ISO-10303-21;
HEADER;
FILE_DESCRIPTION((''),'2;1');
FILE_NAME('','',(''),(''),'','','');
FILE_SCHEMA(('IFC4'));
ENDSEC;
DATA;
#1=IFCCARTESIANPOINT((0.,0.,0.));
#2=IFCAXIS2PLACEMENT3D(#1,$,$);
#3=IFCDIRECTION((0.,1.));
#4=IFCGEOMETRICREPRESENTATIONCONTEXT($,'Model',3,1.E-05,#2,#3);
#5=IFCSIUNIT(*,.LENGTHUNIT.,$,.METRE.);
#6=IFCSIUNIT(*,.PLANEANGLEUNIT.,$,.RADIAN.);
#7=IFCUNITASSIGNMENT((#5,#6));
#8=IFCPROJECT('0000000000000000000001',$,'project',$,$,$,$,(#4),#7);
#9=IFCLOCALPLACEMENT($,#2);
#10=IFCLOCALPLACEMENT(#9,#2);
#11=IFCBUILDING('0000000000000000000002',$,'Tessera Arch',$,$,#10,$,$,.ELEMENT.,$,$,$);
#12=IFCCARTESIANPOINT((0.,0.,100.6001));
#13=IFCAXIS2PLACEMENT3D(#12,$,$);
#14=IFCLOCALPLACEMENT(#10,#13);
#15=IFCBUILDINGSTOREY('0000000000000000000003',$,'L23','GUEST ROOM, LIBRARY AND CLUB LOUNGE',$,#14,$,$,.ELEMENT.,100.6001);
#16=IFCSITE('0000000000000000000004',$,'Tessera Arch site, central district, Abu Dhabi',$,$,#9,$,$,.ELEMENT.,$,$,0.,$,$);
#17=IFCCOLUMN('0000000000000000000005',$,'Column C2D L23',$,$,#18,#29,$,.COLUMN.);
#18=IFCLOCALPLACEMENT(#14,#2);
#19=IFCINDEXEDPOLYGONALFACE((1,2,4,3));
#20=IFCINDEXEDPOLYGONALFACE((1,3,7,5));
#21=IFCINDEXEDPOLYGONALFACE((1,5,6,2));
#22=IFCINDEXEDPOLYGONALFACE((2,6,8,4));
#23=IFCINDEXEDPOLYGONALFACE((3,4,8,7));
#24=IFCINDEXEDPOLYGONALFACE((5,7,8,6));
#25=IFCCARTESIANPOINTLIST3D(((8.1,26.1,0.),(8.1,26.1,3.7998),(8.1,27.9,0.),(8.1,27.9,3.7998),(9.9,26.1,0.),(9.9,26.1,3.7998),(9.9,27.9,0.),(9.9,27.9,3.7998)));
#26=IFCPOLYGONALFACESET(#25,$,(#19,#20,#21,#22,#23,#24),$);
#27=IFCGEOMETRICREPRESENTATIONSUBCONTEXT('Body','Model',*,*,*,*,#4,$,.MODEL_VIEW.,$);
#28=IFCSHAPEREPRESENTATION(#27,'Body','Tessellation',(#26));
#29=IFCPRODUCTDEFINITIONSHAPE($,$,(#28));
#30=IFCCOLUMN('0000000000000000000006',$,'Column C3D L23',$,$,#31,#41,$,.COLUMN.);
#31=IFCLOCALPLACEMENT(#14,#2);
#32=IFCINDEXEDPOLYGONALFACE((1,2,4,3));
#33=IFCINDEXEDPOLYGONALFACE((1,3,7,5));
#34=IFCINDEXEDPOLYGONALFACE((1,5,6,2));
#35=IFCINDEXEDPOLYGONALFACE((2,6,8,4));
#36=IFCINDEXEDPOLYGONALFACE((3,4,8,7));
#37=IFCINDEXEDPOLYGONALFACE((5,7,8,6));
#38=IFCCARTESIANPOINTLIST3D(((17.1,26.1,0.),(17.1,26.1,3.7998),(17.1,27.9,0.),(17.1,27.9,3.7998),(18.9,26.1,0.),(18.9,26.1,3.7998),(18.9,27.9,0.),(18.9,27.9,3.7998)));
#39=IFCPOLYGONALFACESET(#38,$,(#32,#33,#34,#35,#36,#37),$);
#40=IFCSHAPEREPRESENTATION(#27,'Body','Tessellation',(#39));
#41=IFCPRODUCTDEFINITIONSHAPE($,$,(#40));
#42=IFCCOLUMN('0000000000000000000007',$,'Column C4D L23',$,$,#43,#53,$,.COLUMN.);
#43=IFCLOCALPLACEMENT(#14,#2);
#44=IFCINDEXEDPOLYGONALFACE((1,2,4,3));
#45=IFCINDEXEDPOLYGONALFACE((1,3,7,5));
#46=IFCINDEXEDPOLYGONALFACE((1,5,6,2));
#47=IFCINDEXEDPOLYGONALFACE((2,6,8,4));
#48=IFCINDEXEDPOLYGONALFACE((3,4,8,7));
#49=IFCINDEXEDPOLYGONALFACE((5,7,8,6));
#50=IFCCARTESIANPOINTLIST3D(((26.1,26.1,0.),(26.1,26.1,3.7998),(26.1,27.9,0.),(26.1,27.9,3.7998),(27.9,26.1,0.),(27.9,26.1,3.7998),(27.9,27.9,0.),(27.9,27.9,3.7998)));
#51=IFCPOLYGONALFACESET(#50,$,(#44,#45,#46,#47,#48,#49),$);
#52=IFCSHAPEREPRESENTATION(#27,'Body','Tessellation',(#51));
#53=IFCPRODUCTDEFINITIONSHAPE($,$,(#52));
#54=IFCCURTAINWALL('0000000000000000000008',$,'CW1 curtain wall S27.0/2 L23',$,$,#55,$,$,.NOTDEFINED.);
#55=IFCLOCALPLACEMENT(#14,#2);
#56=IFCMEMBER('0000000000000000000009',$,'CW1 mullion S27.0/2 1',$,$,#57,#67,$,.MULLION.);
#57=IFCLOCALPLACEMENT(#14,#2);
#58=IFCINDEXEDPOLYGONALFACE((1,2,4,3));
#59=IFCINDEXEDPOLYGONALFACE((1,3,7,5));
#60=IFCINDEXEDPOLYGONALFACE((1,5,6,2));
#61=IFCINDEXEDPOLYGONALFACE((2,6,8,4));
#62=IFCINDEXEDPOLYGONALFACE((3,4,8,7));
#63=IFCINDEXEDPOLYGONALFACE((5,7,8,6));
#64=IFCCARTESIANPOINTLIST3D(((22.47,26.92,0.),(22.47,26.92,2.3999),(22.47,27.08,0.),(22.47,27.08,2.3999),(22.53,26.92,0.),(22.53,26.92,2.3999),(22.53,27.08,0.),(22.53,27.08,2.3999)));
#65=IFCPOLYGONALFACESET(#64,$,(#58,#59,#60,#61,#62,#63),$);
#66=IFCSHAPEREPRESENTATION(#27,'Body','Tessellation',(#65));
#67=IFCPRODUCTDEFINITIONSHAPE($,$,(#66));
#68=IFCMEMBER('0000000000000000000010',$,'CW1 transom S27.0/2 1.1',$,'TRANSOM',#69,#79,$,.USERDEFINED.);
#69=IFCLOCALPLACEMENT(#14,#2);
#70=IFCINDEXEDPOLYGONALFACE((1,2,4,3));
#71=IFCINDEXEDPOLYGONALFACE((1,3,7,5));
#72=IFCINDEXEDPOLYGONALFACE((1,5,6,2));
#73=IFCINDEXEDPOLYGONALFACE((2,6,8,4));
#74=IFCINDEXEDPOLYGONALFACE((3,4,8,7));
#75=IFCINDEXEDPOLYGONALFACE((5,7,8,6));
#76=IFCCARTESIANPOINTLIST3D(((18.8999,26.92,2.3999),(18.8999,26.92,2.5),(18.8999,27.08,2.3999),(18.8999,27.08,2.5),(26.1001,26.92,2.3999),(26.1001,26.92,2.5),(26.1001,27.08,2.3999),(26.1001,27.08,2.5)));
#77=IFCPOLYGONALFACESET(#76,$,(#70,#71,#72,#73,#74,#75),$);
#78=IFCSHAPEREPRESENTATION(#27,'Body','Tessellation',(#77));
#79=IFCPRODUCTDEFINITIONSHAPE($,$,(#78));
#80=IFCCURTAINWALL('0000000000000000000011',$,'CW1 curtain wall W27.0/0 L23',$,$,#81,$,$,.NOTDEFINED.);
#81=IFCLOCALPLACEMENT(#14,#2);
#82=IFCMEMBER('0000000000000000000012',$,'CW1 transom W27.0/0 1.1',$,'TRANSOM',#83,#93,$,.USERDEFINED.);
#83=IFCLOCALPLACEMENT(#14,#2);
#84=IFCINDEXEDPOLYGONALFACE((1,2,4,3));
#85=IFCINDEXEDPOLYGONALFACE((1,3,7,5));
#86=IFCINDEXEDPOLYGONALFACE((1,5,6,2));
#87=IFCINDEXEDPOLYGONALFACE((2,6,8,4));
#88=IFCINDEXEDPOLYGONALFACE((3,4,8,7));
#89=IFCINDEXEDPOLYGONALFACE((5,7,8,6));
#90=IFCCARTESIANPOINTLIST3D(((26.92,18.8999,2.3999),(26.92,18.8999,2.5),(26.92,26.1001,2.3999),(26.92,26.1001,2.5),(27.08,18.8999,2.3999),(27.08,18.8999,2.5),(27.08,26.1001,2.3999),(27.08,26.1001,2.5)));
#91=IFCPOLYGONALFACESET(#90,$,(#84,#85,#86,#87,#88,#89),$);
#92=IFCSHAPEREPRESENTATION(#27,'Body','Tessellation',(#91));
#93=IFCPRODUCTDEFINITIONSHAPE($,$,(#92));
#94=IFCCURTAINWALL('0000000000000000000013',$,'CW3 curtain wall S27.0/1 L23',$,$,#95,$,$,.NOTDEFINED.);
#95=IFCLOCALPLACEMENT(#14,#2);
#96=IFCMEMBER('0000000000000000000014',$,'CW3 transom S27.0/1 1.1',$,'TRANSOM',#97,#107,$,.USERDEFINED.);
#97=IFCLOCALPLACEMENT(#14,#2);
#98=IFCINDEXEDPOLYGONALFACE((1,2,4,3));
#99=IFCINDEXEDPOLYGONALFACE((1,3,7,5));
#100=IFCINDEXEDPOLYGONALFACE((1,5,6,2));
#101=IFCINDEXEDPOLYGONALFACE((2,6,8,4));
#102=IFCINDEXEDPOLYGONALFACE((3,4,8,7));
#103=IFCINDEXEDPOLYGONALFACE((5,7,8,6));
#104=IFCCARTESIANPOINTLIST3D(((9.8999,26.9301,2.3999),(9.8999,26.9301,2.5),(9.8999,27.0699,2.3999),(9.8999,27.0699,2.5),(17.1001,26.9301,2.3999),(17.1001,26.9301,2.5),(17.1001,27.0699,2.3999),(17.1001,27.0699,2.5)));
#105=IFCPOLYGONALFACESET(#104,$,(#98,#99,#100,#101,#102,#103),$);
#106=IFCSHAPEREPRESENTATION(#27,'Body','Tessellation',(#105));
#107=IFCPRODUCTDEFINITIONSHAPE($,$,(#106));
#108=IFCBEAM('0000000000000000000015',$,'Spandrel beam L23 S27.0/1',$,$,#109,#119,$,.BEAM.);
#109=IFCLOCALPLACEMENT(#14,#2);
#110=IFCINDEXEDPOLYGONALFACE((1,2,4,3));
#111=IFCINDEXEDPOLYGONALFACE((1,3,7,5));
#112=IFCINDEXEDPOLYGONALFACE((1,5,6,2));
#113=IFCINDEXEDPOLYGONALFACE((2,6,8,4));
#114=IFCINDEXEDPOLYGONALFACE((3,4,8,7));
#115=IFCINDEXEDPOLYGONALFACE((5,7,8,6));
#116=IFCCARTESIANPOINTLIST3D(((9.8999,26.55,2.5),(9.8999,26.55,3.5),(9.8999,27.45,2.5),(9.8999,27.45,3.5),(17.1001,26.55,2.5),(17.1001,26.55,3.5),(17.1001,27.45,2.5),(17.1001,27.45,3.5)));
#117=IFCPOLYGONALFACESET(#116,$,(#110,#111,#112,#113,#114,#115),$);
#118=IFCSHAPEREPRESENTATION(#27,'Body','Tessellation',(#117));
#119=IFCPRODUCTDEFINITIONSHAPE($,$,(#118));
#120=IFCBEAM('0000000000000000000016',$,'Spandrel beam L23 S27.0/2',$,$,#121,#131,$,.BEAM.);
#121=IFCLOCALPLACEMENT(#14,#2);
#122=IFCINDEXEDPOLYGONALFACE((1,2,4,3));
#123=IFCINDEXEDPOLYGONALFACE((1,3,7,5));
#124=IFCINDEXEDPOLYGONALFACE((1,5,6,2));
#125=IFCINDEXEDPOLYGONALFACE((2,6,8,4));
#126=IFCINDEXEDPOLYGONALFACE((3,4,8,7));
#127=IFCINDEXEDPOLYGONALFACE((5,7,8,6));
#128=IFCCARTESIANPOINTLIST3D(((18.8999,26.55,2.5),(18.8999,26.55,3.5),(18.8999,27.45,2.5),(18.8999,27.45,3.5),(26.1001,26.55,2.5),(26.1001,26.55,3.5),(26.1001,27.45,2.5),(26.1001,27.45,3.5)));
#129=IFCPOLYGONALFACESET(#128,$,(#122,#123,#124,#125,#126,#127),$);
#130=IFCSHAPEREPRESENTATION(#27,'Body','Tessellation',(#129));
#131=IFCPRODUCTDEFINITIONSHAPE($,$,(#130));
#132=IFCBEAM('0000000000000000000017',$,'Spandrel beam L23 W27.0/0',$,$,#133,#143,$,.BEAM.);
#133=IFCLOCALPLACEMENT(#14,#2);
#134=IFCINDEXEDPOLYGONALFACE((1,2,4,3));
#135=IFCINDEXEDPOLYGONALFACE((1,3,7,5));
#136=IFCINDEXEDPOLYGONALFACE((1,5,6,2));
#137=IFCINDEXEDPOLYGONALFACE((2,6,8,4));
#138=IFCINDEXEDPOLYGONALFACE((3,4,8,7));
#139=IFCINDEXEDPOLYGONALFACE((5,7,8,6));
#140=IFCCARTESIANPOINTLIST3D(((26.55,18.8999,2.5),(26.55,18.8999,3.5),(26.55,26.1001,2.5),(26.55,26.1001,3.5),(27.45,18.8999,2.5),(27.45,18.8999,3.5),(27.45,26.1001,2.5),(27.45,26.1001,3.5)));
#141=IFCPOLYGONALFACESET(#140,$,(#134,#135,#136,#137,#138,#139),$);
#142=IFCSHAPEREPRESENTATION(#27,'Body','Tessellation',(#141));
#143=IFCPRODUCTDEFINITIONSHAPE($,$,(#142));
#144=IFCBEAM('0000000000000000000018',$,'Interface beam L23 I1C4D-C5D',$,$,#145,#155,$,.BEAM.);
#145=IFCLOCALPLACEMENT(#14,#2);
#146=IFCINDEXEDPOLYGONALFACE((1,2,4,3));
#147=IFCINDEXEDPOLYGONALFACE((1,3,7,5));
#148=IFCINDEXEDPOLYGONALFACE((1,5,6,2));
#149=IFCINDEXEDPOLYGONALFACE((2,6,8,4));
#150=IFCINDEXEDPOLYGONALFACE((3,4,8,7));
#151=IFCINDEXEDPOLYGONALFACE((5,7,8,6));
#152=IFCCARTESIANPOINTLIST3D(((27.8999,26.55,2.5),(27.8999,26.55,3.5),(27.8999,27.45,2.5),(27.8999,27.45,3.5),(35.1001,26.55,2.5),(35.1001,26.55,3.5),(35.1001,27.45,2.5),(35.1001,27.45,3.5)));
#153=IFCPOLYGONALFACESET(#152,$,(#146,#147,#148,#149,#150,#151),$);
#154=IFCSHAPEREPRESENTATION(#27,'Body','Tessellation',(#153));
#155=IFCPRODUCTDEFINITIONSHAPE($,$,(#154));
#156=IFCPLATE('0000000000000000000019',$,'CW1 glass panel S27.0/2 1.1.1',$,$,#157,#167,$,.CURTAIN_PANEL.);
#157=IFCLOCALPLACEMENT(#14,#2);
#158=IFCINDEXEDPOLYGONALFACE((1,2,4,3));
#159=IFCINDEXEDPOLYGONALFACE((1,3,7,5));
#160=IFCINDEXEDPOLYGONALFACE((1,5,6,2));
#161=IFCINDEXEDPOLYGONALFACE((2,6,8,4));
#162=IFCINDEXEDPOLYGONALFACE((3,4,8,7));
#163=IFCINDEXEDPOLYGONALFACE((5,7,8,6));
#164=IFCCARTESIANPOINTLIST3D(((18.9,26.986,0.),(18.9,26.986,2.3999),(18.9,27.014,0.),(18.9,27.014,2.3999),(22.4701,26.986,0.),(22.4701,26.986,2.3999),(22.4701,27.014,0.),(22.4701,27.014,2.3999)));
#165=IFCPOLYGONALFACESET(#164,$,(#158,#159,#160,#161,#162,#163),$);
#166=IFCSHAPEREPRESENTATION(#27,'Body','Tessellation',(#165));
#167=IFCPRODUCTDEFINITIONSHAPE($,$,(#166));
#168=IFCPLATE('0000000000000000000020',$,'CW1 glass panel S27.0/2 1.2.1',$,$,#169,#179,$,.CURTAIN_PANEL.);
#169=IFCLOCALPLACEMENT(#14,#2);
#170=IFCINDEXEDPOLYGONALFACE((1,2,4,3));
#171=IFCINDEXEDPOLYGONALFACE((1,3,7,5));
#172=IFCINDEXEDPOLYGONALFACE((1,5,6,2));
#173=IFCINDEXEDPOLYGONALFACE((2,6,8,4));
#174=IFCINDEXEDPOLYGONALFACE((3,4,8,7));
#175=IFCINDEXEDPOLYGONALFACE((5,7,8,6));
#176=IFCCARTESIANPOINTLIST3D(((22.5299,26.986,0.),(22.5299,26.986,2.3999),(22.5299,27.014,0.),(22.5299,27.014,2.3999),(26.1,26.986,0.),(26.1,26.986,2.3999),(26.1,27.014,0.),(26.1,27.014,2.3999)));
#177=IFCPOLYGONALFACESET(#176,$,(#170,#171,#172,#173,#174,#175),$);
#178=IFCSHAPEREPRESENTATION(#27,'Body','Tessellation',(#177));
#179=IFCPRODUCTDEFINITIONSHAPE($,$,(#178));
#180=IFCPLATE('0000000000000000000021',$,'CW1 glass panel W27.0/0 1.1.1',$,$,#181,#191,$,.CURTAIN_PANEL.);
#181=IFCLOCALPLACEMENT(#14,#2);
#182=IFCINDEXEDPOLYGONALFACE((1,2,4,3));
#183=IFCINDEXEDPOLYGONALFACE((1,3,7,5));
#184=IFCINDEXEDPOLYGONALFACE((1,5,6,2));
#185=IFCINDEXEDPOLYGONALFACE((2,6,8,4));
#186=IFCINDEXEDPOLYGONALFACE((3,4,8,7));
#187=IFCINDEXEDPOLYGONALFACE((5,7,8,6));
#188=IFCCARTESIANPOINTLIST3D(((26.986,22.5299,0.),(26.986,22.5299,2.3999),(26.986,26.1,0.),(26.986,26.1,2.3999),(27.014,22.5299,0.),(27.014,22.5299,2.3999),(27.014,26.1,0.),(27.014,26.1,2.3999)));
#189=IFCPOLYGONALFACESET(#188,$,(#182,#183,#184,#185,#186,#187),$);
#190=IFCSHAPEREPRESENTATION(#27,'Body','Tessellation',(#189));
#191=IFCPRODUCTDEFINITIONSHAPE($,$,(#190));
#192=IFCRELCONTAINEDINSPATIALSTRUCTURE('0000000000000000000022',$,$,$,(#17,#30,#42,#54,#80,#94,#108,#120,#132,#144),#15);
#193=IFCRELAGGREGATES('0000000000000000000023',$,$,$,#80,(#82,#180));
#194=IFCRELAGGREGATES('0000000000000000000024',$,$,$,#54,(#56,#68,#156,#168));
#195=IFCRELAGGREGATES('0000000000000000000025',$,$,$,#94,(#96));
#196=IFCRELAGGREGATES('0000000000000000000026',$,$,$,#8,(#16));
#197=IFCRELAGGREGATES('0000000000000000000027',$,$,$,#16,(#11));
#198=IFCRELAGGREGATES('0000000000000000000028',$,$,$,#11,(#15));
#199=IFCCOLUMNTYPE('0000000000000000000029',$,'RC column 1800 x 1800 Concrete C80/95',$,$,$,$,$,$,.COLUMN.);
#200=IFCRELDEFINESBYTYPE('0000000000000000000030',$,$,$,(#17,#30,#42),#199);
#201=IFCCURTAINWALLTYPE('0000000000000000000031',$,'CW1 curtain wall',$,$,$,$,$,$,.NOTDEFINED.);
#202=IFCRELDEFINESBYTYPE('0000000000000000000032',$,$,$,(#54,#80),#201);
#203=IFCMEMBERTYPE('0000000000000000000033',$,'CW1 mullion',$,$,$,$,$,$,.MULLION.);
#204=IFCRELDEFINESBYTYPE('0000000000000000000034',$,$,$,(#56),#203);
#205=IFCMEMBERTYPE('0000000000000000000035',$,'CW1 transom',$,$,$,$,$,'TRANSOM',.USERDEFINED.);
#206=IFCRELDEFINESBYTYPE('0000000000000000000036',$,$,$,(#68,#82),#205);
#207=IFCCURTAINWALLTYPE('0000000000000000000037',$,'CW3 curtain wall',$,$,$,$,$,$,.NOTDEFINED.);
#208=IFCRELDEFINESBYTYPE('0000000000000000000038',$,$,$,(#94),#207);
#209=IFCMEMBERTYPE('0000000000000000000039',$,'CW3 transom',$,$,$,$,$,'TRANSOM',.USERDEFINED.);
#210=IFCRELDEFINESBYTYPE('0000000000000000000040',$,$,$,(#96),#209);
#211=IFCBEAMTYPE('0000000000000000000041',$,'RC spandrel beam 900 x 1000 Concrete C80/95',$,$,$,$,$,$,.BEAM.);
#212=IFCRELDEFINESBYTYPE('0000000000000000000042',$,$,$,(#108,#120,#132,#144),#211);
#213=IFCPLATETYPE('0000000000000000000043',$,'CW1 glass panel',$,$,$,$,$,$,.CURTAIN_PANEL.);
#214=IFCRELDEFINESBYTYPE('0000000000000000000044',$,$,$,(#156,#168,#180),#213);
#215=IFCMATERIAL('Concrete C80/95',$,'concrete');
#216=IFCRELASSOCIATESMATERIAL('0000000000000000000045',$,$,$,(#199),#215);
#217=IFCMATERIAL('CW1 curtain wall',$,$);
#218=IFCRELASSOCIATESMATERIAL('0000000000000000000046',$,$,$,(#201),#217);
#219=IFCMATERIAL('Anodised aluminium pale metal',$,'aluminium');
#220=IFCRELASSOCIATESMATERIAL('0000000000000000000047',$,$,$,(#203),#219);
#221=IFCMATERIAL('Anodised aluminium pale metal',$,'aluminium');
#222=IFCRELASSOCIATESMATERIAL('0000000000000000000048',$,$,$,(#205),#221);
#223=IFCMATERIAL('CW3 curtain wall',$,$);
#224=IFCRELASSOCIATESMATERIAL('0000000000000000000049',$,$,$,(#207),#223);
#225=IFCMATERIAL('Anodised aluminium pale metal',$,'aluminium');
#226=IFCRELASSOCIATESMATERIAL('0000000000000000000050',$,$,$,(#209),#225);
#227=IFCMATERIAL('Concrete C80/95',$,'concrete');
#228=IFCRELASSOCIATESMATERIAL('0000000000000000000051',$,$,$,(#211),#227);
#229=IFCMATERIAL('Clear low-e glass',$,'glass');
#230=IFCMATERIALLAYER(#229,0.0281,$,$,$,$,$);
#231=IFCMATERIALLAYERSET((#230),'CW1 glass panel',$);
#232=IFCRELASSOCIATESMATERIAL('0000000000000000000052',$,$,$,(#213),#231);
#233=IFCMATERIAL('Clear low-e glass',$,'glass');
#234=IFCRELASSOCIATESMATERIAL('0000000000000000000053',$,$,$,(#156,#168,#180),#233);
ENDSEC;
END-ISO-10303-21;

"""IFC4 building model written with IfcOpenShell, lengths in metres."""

from ifc_helpers import new_model, si_unit, direction, frame, origin, origin_2d, place, context, subcontext, project, spatial, rectangle, extrude, material, layer, layer_set, material_profile, profile_set, type_object, element, aggregate, save


model = new_model("IFC4")

# Units and contexts
model_context = context("Model", 3, precision=1e-05, world=origin(), true_north=direction((0.0, 1.0)))
body_context = subcontext(model_context, "Body", "Model", "MODEL_VIEW")
ifc_project = project(units=[si_unit("LENGTHUNIT", "METRE"), si_unit("PLANEANGLEUNIT", "RADIAN")], contexts=[model_context])

# Site, building, storey
site_placement = place(None, origin())
site = spatial("IfcSite", under=ifc_project, at=site_placement, Name="Tessera Arch site, central district, Abu Dhabi", CompositionType="ELEMENT", RefElevation=0.0)
building_placement = place(site_placement, origin())
building = spatial("IfcBuilding", under=site, at=building_placement, Name="Tessera Arch", CompositionType="ELEMENT")
storey_placement = place(building_placement, frame((0.0, 0.0, 100.6001)))
storey = spatial("IfcBuildingStorey", under=building, at=storey_placement, Name="L23", Description="GUEST ROOM, LIBRARY AND CLUB LOUNGE", CompositionType="ELEMENT", Elevation=100.6001)

# Columns
ifc_material_1 = material(Name="Concrete C80/95", Category="concrete")
ifc_material_profile_1 = material_profile(ifc_material_1, rectangle(XDim=1.8, YDim=1.8, at=origin_2d()), Name="RC column 1800 x 1800 Concrete C80/95")
ifc_profile_set_1 = profile_set([ifc_material_profile_1], Name="Concrete C80/95")
column_type = type_object("IfcColumnType", Name="RC column 1800 x 1800 Concrete C80/95", PredefinedType="COLUMN", material=ifc_profile_set_1)
for number, where, z_axis, x_axis, name in (
    (1, (9.0, 27.0, 0.0), (0.0, 0.0, 1.0), (1.0, 0.0, 0.0), "Column C2D L23"),
    (2, (18.0, 27.0, 0.0), (0.0, 0.0, 1.0), (1.0, 0.0, 0.0), "Column C3D L23"),
    (3, (27.0, 27.0, 0.0), (0.0, 0.0, 1.0), (1.0, 0.0, 0.0), "Column C4D L23"),
):
    element("IfcColumn", number, at=place(storey_placement, frame(where, z_axis=z_axis, x_axis=x_axis)), inside=storey, type_object=column_type, Name=name, PredefinedType="COLUMN", context=body_context, shape_type="SweptSolid", body=[
        extrude(rectangle(XDim=1.8, YDim=1.8, at=origin_2d()), origin(), (0.0, 0.0, 1.0), 3.7998),
    ])

# Curtain wall, members
ifc_material_2 = material(Name="CW1 curtain wall")
curtain_wall_type_1 = type_object("IfcCurtainWallType", Name="CW1 curtain wall", PredefinedType="NOTDEFINED", material=ifc_material_2)
curtain_wall_1_placement = place(storey_placement, origin())
curtain_wall_1 = element("IfcCurtainWall", 4, at=curtain_wall_1_placement, inside=storey, type_object=curtain_wall_type_1, Name="CW1 curtain wall S27.0/2 L23", PredefinedType="NOTDEFINED")
ifc_material_3 = material(Name="Anodised aluminium pale metal", Category="aluminium")
ifc_material_profile_2 = material_profile(ifc_material_3, rectangle(XDim=0.1599, YDim=0.0601, at=origin_2d()), Name="AL 60x160")
ifc_profile_set_2 = profile_set([ifc_material_profile_2], Name="Anodised aluminium pale metal")
member_type_1 = type_object("IfcMemberType", Name="CW1 mullion", PredefinedType="MULLION", material=ifc_profile_set_2)
member_1_placement = place(storey_placement, frame((22.5, 27.0, 0.0), z_axis=(0.0, 0.0, 1.0), x_axis=(0.0, 1.0, 0.0)))
member_1 = element("IfcMember", 5, at=member_1_placement, type_object=member_type_1, Name="CW1 mullion S27.0/2 1", PredefinedType="MULLION", context=body_context, shape_type="SweptSolid", body=[
    extrude(rectangle(XDim=0.1599, YDim=0.0601, at=origin_2d()), origin(), (0.0, 0.0, 1.0), 2.3999),
])
ifc_material_4 = material(Name="Anodised aluminium pale metal", Category="aluminium")
ifc_material_profile_3 = material_profile(ifc_material_4, rectangle(XDim=0.1599, YDim=0.1001, at=origin_2d()), Name="AL 160x100")
ifc_profile_set_3 = profile_set([ifc_material_profile_3], Name="Anodised aluminium pale metal")
member_type_2 = type_object("IfcMemberType", Name="CW1 transom", ElementType="TRANSOM", PredefinedType="USERDEFINED", material=ifc_profile_set_3)
member_2_placement = place(storey_placement, frame((18.8999, 27.0, 2.45), z_axis=(1.0, 0.0, 0.0), x_axis=(0.0, 1.0, 0.0)))
member_2 = element("IfcMember", 6, at=member_2_placement, type_object=member_type_2, Name="CW1 transom S27.0/2 1.1", ObjectType="TRANSOM", PredefinedType="USERDEFINED", context=body_context, shape_type="SweptSolid", body=[
    extrude(rectangle(XDim=0.1599, YDim=0.1001, at=origin_2d()), origin(), (0.0, 0.0, 1.0), 7.2002),
])

# Curtain walls, members
curtain_wall_2_placement = place(storey_placement, origin())
curtain_wall_2 = element("IfcCurtainWall", 7, at=curtain_wall_2_placement, inside=storey, type_object=curtain_wall_type_1, Name="CW1 curtain wall W27.0/0 L23", PredefinedType="NOTDEFINED")
member_3_placement = place(storey_placement, frame((27.0, 26.1001, 2.45), z_axis=(0.0, -1.0, 0.0), x_axis=(1.0, 0.0, 0.0)))
member_3 = element("IfcMember", 8, at=member_3_placement, type_object=member_type_2, Name="CW1 transom W27.0/0 1.1", ObjectType="TRANSOM", PredefinedType="USERDEFINED", context=body_context, shape_type="SweptSolid", body=[
    extrude(rectangle(XDim=0.1599, YDim=0.1001, at=origin_2d()), origin(), (0.0, 0.0, 1.0), 7.2002),
])
ifc_material_5 = material(Name="CW3 curtain wall")
curtain_wall_type_2 = type_object("IfcCurtainWallType", Name="CW3 curtain wall", PredefinedType="NOTDEFINED", material=ifc_material_5)
curtain_wall_3_placement = place(storey_placement, origin())
curtain_wall_3 = element("IfcCurtainWall", 9, at=curtain_wall_3_placement, inside=storey, type_object=curtain_wall_type_2, Name="CW3 curtain wall S27.0/1 L23", PredefinedType="NOTDEFINED")
ifc_material_6 = material(Name="Anodised aluminium pale metal", Category="aluminium")
ifc_material_profile_4 = material_profile(ifc_material_6, rectangle(XDim=0.1399, YDim=0.1001, at=origin_2d()), Name="AL 140x100")
ifc_profile_set_4 = profile_set([ifc_material_profile_4], Name="Anodised aluminium pale metal")
member_type_3 = type_object("IfcMemberType", Name="CW3 transom", ElementType="TRANSOM", PredefinedType="USERDEFINED", material=ifc_profile_set_4)
member_4_placement = place(storey_placement, frame((9.8999, 27.0, 2.45), z_axis=(1.0, 0.0, 0.0), x_axis=(0.0, 1.0, 0.0)))
member_4 = element("IfcMember", 10, at=member_4_placement, type_object=member_type_3, Name="CW3 transom S27.0/1 1.1", ObjectType="TRANSOM", PredefinedType="USERDEFINED", context=body_context, shape_type="SweptSolid", body=[
    extrude(rectangle(XDim=0.1399, YDim=0.1001, at=origin_2d()), origin(), (0.0, 0.0, 1.0), 7.2002),
])

# Beams
ifc_material_7 = material(Name="Concrete C80/95", Category="concrete")
ifc_material_profile_5 = material_profile(ifc_material_7, rectangle(XDim=0.8999, YDim=1.0, at=origin_2d()), Name="RC spandrel beam 900 x 1000 Concrete C80/95")
ifc_profile_set_5 = profile_set([ifc_material_profile_5], Name="Concrete C80/95")
beam_type = type_object("IfcBeamType", Name="RC spandrel beam 900 x 1000 Concrete C80/95", PredefinedType="BEAM", material=ifc_profile_set_5)
for number, where, z_axis, x_axis, name in (
    (11, (9.8999, 27.0, 3.0), (1.0, 0.0, 0.0), (0.0, 1.0, 0.0), "Spandrel beam L23 S27.0/1"),
    (12, (18.8999, 27.0, 3.0), (1.0, 0.0, 0.0), (0.0, 1.0, 0.0), "Spandrel beam L23 S27.0/2"),
    (13, (27.0, 26.1001, 3.0), (0.0, -1.0, 0.0), (1.0, 0.0, 0.0), "Spandrel beam L23 W27.0/0"),
    (14, (27.8999, 27.0, 3.0), (1.0, 0.0, 0.0), (0.0, 1.0, 0.0), "Interface beam L23 I1C4D-C5D"),
):
    element("IfcBeam", number, at=place(storey_placement, frame(where, z_axis=z_axis, x_axis=x_axis)), inside=storey, type_object=beam_type, Name=name, PredefinedType="BEAM", context=body_context, shape_type="SweptSolid", body=[
        extrude(rectangle(XDim=0.8999, YDim=1.0, at=origin_2d()), origin(), (0.0, 0.0, 1.0), 7.2002),
    ])

# Plates
ifc_material_8 = material(Name="Clear low-e glass", Category="glass")
ifc_material_9 = material(Name="Clear low-e glass", Category="glass")
ifc_layer_1 = layer(ifc_material_9, 0.0281)
ifc_layer_set_1 = layer_set([ifc_layer_1], Name="CW1 glass panel")
plate_type_1 = type_object("IfcPlateType", Name="CW1 glass panel", PredefinedType="CURTAIN_PANEL", material=ifc_layer_set_1)
plate_1_placement = place(storey_placement, frame((20.6851, 27.0, 0.0), z_axis=(0.0, 0.0, 1.0), x_axis=(1.0, 0.0, 0.0)))
plate_1 = element("IfcPlate", 15, at=plate_1_placement, type_object=plate_type_1, material=ifc_material_8, Name="CW1 glass panel S27.0/2 1.1.1", PredefinedType="CURTAIN_PANEL", context=body_context, shape_type="SweptSolid", body=[
    extrude(rectangle(XDim=3.5701, YDim=0.0281, at=origin_2d()), origin(), (0.0, 0.0, 1.0), 2.3999),
])
plate_2_placement = place(storey_placement, frame((24.3149, 27.0, 0.0), z_axis=(0.0, 0.0, 1.0), x_axis=(1.0, 0.0, 0.0)))
plate_2 = element("IfcPlate", 16, at=plate_2_placement, type_object=plate_type_1, material=ifc_material_8, Name="CW1 glass panel S27.0/2 1.2.1", PredefinedType="CURTAIN_PANEL", context=body_context, shape_type="SweptSolid", body=[
    extrude(rectangle(XDim=3.5701, YDim=0.0281, at=origin_2d()), origin(), (0.0, 0.0, 1.0), 2.3999),
])
plate_3_placement = place(storey_placement, frame((27.0, 24.3149, 0.0), z_axis=(0.0, 0.0, 1.0), x_axis=(0.0, -1.0, 0.0)))
plate_3 = element("IfcPlate", 17, at=plate_3_placement, type_object=plate_type_1, material=ifc_material_8, Name="CW1 glass panel W27.0/0 1.1.1", PredefinedType="CURTAIN_PANEL", context=body_context, shape_type="SweptSolid", body=[
    extrude(rectangle(XDim=3.5701, YDim=0.0281, at=origin_2d()), origin(), (0.0, 0.0, 1.0), 2.3999),
])
aggregate(curtain_wall_2, [member_3, plate_3])
aggregate(curtain_wall_1, [member_1, member_2, plate_1, plate_2])

aggregate(curtain_wall_3, [member_4])

save(model, "model.ifc")
